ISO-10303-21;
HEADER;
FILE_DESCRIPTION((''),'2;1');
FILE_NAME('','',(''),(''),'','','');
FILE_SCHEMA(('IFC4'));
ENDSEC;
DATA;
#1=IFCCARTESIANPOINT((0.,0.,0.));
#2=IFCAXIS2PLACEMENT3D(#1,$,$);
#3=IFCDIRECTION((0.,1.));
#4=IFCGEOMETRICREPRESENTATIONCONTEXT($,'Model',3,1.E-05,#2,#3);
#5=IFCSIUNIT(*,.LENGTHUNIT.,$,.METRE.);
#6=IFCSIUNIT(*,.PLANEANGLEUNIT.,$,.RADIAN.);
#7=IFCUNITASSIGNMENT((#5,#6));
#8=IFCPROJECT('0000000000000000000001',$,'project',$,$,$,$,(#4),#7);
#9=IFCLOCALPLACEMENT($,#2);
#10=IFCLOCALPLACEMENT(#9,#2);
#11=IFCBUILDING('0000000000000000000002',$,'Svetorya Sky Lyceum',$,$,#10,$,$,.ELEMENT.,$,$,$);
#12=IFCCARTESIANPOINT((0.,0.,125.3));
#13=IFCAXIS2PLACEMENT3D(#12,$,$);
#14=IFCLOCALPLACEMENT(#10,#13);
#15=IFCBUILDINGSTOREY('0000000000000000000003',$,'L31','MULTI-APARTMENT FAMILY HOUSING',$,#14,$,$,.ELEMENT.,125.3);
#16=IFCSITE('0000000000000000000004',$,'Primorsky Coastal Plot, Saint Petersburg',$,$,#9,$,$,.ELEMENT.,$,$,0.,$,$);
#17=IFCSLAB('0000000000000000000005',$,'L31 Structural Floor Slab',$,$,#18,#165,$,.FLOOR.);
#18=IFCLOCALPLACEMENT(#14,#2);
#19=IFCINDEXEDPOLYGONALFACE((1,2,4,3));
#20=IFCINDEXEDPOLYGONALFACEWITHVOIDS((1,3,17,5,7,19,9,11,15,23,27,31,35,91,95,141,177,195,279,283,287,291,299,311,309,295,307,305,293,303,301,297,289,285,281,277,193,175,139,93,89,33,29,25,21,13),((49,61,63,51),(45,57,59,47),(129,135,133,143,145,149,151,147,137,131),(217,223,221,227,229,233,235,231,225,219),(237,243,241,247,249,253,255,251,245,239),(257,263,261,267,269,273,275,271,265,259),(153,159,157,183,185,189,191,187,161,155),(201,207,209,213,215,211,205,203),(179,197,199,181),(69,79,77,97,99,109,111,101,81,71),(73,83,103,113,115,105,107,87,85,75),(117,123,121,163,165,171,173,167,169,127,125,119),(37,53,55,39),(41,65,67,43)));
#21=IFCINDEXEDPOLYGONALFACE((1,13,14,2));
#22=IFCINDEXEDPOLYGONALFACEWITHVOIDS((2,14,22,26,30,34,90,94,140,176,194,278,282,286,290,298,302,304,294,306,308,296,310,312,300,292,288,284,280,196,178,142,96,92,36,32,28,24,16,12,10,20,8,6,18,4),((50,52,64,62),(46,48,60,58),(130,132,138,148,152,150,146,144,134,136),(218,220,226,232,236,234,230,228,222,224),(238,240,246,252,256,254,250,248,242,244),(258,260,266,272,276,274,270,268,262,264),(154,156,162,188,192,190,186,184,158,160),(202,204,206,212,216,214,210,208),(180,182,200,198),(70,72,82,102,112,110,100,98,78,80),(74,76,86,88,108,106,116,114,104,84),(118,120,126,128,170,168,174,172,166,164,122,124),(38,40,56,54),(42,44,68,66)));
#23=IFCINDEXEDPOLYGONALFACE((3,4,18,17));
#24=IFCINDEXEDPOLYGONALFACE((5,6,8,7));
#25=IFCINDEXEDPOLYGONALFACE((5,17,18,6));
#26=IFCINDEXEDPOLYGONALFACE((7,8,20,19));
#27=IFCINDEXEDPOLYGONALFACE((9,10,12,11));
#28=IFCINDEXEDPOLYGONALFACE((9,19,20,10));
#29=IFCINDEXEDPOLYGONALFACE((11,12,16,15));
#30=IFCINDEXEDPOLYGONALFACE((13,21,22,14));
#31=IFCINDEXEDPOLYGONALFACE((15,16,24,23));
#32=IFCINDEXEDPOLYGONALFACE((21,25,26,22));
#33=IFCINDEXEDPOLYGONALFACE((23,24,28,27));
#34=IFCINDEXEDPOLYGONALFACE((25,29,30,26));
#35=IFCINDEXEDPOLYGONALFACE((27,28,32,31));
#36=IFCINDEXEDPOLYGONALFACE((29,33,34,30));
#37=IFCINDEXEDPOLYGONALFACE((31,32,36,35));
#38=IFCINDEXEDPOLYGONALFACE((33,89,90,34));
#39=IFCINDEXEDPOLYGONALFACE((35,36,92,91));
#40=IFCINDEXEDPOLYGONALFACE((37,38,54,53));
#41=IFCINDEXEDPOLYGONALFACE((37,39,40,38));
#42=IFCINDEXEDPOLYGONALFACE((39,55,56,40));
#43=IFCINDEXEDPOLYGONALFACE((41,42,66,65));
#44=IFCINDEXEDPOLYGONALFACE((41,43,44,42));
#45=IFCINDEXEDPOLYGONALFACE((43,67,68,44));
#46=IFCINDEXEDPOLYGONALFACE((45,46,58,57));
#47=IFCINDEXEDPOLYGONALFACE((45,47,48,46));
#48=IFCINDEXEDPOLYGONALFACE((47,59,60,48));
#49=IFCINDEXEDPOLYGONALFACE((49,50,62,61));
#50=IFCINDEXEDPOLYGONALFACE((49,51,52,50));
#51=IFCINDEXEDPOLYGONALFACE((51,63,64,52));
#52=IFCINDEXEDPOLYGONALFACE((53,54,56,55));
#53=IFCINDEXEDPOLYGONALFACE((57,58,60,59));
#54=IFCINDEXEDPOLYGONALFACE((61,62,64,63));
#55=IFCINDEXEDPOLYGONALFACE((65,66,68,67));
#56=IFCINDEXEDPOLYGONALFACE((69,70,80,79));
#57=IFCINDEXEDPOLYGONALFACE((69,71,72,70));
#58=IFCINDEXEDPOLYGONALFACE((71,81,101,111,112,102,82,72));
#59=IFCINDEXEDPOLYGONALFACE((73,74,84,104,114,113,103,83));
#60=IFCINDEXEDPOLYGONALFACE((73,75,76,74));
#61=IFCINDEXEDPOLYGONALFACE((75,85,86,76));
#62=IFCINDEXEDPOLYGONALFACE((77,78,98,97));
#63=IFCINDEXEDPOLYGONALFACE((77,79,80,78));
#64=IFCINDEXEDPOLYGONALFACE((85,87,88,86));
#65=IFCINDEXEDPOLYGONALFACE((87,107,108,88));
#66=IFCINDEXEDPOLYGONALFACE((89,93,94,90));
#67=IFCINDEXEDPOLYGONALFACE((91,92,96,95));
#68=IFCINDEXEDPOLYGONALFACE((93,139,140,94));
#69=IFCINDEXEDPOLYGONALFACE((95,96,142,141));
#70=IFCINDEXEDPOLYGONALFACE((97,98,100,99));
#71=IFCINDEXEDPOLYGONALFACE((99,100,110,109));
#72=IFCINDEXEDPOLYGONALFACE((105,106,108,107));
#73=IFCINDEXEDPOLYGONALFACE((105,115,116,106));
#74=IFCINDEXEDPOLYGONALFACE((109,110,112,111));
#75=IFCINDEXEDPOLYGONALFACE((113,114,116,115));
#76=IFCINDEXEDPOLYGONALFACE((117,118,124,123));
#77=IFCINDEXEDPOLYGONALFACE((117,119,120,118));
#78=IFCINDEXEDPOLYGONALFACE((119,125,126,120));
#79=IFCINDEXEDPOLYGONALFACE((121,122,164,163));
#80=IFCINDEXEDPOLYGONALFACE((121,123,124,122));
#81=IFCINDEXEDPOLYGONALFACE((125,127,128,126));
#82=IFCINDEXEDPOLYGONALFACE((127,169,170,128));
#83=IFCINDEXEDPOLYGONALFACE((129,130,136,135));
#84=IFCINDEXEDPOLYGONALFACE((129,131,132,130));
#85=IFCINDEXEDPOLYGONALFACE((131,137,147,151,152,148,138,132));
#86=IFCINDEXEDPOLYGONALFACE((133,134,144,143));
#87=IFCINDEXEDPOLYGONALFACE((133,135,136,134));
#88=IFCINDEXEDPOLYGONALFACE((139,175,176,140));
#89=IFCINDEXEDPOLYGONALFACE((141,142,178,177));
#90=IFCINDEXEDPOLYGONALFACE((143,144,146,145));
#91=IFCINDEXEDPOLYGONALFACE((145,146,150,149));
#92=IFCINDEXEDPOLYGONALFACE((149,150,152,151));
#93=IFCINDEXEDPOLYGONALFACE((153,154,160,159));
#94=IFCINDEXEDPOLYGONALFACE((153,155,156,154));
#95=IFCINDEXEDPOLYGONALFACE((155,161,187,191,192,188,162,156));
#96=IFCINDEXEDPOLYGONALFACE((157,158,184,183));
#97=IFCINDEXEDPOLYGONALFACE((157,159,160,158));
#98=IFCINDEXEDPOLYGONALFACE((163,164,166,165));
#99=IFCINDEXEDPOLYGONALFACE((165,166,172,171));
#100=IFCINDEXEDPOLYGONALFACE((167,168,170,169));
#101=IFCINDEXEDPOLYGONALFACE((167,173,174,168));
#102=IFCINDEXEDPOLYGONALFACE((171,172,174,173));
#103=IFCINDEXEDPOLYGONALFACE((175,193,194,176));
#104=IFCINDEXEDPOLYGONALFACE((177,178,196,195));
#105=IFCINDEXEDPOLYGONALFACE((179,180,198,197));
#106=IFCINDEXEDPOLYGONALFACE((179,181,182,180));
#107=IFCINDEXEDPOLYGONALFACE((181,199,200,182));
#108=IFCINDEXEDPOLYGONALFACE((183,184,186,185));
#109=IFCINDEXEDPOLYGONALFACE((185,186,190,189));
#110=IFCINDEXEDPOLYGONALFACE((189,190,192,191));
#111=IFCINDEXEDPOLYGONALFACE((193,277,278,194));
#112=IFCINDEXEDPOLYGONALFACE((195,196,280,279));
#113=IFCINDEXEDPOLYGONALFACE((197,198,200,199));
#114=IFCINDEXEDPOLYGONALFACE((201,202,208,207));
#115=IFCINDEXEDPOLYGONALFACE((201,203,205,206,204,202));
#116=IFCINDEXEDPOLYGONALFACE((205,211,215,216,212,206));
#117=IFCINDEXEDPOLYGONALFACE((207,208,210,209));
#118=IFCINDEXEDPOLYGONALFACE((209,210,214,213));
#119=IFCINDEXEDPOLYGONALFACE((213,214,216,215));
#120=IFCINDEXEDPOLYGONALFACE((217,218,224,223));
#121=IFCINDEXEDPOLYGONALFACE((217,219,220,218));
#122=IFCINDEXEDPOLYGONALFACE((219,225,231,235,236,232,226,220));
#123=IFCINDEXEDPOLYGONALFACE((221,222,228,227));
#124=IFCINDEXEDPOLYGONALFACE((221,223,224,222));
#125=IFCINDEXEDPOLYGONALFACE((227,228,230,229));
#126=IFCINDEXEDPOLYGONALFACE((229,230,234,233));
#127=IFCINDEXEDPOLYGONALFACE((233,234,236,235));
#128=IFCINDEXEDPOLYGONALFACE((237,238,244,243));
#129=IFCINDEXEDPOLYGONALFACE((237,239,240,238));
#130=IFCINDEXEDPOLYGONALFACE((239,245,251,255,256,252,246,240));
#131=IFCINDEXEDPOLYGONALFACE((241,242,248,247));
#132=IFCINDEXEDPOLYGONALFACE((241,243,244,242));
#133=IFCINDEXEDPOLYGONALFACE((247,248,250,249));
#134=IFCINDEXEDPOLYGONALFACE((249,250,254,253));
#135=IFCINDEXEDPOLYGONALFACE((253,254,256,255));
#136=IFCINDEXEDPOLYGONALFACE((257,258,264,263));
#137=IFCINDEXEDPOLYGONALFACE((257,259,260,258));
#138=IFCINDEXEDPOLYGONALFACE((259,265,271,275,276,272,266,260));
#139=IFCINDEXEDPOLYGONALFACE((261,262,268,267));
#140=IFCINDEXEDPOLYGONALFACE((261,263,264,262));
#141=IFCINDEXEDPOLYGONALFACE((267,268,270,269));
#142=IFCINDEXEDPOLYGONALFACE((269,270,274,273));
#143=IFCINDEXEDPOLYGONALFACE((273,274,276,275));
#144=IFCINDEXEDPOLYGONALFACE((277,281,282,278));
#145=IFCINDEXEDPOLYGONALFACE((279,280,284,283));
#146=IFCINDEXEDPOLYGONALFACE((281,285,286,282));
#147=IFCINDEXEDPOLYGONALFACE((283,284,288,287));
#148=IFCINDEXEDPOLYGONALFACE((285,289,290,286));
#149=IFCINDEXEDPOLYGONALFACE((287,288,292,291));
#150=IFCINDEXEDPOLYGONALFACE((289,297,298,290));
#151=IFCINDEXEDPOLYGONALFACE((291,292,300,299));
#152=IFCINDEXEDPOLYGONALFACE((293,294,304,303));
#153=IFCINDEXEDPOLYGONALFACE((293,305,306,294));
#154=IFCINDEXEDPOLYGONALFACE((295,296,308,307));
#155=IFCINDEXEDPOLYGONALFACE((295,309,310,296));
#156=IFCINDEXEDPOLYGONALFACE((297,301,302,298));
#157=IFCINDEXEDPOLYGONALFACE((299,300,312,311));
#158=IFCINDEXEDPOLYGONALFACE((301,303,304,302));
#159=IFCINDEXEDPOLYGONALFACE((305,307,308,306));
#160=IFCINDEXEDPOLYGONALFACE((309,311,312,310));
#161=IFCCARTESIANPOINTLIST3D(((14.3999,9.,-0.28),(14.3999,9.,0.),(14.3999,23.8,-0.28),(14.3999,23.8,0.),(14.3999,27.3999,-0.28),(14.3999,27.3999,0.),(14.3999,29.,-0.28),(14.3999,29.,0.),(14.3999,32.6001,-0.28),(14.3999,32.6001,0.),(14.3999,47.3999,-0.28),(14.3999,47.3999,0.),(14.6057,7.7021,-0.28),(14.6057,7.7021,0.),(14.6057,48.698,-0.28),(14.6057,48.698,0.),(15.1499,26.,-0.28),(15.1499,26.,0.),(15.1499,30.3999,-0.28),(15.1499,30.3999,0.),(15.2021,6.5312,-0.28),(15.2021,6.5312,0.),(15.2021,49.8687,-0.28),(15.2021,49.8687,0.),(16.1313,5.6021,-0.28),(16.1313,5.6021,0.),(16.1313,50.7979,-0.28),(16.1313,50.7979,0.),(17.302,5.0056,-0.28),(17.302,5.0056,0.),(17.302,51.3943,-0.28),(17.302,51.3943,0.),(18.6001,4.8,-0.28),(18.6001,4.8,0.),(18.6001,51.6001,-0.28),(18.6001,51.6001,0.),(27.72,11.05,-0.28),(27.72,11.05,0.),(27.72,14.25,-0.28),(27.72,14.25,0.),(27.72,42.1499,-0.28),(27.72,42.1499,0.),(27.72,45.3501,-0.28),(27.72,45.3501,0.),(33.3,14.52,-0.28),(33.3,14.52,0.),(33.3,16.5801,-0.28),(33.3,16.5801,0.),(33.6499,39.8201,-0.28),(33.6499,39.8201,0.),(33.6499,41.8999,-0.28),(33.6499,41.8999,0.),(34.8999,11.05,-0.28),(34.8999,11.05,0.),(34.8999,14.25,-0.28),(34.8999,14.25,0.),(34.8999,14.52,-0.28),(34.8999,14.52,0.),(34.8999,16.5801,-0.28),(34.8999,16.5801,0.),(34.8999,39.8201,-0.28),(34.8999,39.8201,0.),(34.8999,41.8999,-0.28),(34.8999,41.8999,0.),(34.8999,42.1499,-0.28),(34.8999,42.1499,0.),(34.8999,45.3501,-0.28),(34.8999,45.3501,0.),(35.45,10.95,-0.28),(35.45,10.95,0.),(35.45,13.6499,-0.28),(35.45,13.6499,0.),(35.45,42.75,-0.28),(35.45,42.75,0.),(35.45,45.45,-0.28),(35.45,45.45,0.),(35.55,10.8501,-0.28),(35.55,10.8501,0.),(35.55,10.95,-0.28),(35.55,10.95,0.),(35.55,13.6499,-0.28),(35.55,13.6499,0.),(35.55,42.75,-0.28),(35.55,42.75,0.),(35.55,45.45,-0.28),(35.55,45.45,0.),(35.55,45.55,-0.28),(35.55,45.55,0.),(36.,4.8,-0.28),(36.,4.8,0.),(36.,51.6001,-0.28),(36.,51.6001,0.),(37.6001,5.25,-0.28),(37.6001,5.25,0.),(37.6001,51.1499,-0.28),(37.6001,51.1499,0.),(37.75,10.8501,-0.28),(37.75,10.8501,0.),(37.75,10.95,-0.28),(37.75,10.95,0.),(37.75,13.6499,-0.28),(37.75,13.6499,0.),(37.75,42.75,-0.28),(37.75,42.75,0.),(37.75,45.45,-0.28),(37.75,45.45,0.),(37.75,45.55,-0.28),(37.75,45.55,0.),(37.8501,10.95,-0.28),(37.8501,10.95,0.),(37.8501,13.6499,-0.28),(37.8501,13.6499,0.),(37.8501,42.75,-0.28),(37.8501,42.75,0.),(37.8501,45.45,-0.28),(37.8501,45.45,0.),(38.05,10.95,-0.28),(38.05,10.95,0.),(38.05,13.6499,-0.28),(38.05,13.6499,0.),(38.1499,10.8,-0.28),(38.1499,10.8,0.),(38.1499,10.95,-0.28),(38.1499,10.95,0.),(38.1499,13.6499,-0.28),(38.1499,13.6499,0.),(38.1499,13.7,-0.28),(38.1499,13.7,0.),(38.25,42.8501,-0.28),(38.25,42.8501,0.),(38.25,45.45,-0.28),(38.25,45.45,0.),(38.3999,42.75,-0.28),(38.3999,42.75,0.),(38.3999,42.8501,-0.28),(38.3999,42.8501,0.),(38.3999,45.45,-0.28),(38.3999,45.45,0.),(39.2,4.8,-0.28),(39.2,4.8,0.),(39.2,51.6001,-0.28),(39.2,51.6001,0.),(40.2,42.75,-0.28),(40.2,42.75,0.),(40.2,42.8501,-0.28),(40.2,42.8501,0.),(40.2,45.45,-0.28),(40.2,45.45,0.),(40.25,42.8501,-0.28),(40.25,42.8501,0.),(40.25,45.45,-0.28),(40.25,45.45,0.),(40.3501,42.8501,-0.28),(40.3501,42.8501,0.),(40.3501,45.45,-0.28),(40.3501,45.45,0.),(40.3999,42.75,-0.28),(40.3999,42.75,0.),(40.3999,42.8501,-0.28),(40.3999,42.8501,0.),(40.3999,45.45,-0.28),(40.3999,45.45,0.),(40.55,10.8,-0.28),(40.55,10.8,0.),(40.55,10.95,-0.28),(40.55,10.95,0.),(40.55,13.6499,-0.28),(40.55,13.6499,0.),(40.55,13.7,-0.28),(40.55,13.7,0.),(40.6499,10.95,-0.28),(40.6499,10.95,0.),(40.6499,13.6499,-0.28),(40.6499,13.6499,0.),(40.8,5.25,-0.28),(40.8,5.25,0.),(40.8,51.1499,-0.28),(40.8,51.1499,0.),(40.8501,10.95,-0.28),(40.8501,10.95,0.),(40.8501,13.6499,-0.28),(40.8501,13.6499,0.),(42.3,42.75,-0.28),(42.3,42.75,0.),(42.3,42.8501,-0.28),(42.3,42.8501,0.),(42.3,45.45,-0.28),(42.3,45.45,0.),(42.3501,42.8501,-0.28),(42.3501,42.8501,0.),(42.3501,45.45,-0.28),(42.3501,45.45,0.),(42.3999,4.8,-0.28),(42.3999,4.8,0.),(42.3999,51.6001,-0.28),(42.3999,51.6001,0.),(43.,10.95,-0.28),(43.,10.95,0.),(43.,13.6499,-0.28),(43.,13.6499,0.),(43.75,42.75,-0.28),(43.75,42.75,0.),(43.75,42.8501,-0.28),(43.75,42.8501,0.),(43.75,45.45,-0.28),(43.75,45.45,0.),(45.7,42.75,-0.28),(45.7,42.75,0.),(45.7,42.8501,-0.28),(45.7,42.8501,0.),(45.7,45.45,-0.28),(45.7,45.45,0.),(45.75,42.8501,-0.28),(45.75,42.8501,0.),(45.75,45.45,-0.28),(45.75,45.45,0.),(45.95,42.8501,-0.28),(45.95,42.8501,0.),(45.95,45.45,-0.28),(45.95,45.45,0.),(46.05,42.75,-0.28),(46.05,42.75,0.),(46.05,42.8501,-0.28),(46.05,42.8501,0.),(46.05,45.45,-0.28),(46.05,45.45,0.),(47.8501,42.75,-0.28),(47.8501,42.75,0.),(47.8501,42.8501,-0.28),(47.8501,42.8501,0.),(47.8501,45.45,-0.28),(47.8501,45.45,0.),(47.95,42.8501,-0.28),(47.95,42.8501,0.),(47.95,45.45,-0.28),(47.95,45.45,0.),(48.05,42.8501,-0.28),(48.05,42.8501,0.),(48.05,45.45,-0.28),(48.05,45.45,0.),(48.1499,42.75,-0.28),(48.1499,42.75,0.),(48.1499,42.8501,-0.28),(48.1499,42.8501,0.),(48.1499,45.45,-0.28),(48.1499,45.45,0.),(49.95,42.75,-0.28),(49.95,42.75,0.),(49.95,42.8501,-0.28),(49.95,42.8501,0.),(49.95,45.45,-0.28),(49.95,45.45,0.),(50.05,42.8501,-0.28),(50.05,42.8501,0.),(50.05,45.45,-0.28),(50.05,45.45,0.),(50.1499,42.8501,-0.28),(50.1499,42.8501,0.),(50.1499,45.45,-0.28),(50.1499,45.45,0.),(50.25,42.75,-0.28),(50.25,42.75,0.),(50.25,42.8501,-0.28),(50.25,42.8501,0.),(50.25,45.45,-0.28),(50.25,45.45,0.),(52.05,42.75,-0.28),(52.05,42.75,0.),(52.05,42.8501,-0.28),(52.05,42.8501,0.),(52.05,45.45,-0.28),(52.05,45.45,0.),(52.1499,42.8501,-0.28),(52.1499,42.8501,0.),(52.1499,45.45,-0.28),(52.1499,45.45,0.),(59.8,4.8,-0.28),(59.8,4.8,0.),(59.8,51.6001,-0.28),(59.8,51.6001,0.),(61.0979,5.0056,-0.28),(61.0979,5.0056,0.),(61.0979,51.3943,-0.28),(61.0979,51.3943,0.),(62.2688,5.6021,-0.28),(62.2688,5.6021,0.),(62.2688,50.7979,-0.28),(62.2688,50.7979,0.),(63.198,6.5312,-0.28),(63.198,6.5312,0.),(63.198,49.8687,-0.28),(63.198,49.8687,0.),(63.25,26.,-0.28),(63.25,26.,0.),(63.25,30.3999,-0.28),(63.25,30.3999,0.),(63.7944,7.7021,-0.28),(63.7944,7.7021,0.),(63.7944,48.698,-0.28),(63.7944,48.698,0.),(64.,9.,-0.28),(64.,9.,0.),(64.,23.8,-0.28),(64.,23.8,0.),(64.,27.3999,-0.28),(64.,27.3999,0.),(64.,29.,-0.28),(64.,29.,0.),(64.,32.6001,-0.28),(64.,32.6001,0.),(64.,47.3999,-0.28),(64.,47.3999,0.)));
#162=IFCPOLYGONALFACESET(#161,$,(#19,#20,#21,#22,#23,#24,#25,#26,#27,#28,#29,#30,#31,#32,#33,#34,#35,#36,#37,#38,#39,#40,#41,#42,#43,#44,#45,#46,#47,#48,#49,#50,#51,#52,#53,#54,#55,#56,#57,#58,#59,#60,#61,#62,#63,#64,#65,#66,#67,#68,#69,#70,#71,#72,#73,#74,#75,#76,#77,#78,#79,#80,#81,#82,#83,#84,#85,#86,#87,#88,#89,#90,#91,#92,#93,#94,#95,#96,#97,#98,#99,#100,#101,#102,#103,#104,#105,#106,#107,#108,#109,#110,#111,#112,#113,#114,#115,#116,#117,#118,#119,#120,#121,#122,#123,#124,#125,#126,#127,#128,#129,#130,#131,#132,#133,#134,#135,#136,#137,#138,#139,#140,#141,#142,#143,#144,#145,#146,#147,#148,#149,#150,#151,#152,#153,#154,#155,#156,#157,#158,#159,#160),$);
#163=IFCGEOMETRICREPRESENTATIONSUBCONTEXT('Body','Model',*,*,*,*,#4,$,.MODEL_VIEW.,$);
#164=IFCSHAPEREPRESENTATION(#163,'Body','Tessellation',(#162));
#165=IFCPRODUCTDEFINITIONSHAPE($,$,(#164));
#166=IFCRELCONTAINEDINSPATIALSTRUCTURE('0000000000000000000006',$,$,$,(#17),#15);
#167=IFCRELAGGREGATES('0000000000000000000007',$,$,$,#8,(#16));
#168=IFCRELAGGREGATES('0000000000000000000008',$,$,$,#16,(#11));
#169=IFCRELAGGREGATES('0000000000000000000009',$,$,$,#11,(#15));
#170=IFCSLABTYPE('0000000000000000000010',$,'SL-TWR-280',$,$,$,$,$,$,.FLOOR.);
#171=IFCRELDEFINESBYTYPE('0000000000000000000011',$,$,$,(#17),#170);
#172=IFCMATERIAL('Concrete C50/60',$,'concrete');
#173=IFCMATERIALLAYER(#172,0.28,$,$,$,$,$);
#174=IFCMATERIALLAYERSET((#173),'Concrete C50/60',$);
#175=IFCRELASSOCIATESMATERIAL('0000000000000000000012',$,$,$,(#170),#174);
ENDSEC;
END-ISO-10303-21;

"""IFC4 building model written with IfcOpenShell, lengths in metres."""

from ifc_helpers import new_model, si_unit, direction, frame, origin, place, context, subcontext, project, spatial, polyline, outline, extrude, material, layer, layer_set, type_object, element, save


model = new_model("IFC4")

# Units and contexts
model_context = context("Model", 3, precision=1e-05, world=origin(), true_north=direction((0.0, 1.0)))
body_context = subcontext(model_context, "Body", "Model", "MODEL_VIEW")
ifc_project = project(units=[si_unit("LENGTHUNIT", "METRE"), si_unit("PLANEANGLEUNIT", "RADIAN")], contexts=[model_context])

# Site, building, storey
site_placement = place(None, origin())
site = spatial("IfcSite", under=ifc_project, at=site_placement, Name="Primorsky Coastal Plot, Saint Petersburg", CompositionType="ELEMENT", RefElevation=0.0)
building_placement = place(site_placement, origin())
building = spatial("IfcBuilding", under=site, at=building_placement, Name="Svetorya Sky Lyceum", CompositionType="ELEMENT")
storey_placement = place(building_placement, frame((0.0, 0.0, 125.3)))
storey = spatial("IfcBuildingStorey", under=building, at=storey_placement, Name="L31", Description="MULTI-APARTMENT FAMILY HOUSING", CompositionType="ELEMENT", Elevation=125.3)

# Shared definitions
ifc_material_1 = material(Name="Concrete C50/60", Category="concrete")

# Slab
ifc_layer_1 = layer(ifc_material_1, 0.28)
ifc_layer_set_1 = layer_set([ifc_layer_1], Name="Concrete C50/60")
slab_type_1 = type_object("IfcSlabType", Name="SL-TWR-280", PredefinedType="FLOOR", material=ifc_layer_set_1)
slab_1_placement = place(storey_placement, frame((0.0, 0.0, -0.28)))
element("IfcSlab", 1, at=slab_1_placement, inside=storey, type_object=slab_type_1, Name="L31 Structural Floor Slab", PredefinedType="FLOOR", context=body_context, shape_type="SweptSolid", body=[
    extrude(outline(polyline([(14.3999, 9.0), (14.6057, 7.7021), (15.2021, 6.5312), (16.1313, 5.6021), (17.302, 5.0056), (18.6001, 4.8), (36.0, 4.8), (37.6001, 5.25), (39.2, 4.8), (40.8, 5.25), (42.3999, 4.8), (59.8, 4.8), (61.0979, 5.0056), (62.2688, 5.6021), (63.198, 6.5312), (63.7944, 7.7021), (64.0, 9.0), (64.0, 23.8), (63.25, 26.0), (64.0, 27.3999), (64.0, 29.0), (63.25, 30.3999), (64.0, 32.6001), (64.0, 47.3999), (63.7944, 48.698), (63.198, 49.8687), (62.2688, 50.7979), (61.0979, 51.3943), (59.8, 51.6001), (42.3999, 51.6001), (40.8, 51.1499), (39.2, 51.6001), (37.6001, 51.1499), (36.0, 51.6001), (18.6001, 51.6001), (17.302, 51.3943), (16.1313, 50.7979), (15.2021, 49.8687), (14.6057, 48.698), (14.3999, 47.3999), (14.3999, 32.6001), (15.1499, 30.3999), (14.3999, 29.0), (14.3999, 27.3999), (15.1499, 26.0), (14.3999, 23.8), (14.3999, 9.0)]), holes=[polyline([(37.8501, 10.95), (37.75, 10.95), (37.75, 10.8501), (35.55, 10.8501), (35.55, 10.95), (35.45, 10.95), (35.45, 13.6499), (35.55, 13.6499), (37.75, 13.6499), (37.8501, 13.6499), (37.8501, 10.95)]), polyline([(40.6499, 13.6499), (40.6499, 10.95), (40.55, 10.95), (40.55, 10.8), (38.1499, 10.8), (38.1499, 10.95), (38.05, 10.95), (38.05, 13.6499), (38.1499, 13.6499), (38.1499, 13.7), (40.55, 13.7), (40.55, 13.6499), (40.6499, 13.6499)]), polyline([(27.72, 14.25), (34.8999, 14.25), (34.8999, 11.05), (27.72, 11.05), (27.72, 14.25)]), polyline([(33.3, 14.52), (33.3, 16.5801), (34.8999, 16.5801), (34.8999, 14.52), (33.3, 14.52)]), polyline([(33.6499, 41.8999), (34.8999, 41.8999), (34.8999, 39.8201), (33.6499, 39.8201), (33.6499, 41.8999)]), polyline([(27.72, 45.3501), (34.8999, 45.3501), (34.8999, 42.1499), (27.72, 42.1499), (27.72, 45.3501)]), polyline([(37.75, 45.55), (37.75, 45.45), (37.8501, 45.45), (37.8501, 42.75), (37.75, 42.75), (35.55, 42.75), (35.45, 42.75), (35.45, 45.45), (35.55, 45.45), (35.55, 45.55), (37.75, 45.55)]), polyline([(38.3999, 42.8501), (38.25, 42.8501), (38.25, 45.45), (38.3999, 45.45), (40.2, 45.45), (40.25, 45.45), (40.25, 42.8501), (40.2, 42.8501), (40.2, 42.75), (38.3999, 42.75), (38.3999, 42.8501)]), polyline([(40.8501, 13.6499), (43.0, 13.6499), (43.0, 10.95), (40.8501, 10.95), (40.8501, 13.6499)]), polyline([(40.3999, 42.8501), (40.3501, 42.8501), (40.3501, 45.45), (40.3999, 45.45), (42.3, 45.45), (42.3501, 45.45), (42.3501, 42.8501), (42.3, 42.8501), (42.3, 42.75), (40.3999, 42.75), (40.3999, 42.8501)]), polyline([(43.75, 42.75), (43.75, 42.8501), (43.75, 45.45), (45.7, 45.45), (45.75, 45.45), (45.75, 42.8501), (45.7, 42.8501), (45.7, 42.75), (43.75, 42.75)]), polyline([(46.05, 42.8501), (45.95, 42.8501), (45.95, 45.45), (46.05, 45.45), (47.8501, 45.45), (47.95, 45.45), (47.95, 42.8501), (47.8501, 42.8501), (47.8501, 42.75), (46.05, 42.75), (46.05, 42.8501)]), polyline([(48.1499, 42.8501), (48.05, 42.8501), (48.05, 45.45), (48.1499, 45.45), (49.95, 45.45), (50.05, 45.45), (50.05, 42.8501), (49.95, 42.8501), (49.95, 42.75), (48.1499, 42.75), (48.1499, 42.8501)]), polyline([(52.1499, 42.8501), (52.05, 42.8501), (52.05, 42.75), (50.25, 42.75), (50.25, 42.8501), (50.1499, 42.8501), (50.1499, 45.45), (50.25, 45.45), (52.05, 45.45), (52.1499, 45.45), (52.1499, 42.8501)])]), origin(), (0.0, 0.0, 1.0), 0.28),
])

save(model, "model.ifc")
